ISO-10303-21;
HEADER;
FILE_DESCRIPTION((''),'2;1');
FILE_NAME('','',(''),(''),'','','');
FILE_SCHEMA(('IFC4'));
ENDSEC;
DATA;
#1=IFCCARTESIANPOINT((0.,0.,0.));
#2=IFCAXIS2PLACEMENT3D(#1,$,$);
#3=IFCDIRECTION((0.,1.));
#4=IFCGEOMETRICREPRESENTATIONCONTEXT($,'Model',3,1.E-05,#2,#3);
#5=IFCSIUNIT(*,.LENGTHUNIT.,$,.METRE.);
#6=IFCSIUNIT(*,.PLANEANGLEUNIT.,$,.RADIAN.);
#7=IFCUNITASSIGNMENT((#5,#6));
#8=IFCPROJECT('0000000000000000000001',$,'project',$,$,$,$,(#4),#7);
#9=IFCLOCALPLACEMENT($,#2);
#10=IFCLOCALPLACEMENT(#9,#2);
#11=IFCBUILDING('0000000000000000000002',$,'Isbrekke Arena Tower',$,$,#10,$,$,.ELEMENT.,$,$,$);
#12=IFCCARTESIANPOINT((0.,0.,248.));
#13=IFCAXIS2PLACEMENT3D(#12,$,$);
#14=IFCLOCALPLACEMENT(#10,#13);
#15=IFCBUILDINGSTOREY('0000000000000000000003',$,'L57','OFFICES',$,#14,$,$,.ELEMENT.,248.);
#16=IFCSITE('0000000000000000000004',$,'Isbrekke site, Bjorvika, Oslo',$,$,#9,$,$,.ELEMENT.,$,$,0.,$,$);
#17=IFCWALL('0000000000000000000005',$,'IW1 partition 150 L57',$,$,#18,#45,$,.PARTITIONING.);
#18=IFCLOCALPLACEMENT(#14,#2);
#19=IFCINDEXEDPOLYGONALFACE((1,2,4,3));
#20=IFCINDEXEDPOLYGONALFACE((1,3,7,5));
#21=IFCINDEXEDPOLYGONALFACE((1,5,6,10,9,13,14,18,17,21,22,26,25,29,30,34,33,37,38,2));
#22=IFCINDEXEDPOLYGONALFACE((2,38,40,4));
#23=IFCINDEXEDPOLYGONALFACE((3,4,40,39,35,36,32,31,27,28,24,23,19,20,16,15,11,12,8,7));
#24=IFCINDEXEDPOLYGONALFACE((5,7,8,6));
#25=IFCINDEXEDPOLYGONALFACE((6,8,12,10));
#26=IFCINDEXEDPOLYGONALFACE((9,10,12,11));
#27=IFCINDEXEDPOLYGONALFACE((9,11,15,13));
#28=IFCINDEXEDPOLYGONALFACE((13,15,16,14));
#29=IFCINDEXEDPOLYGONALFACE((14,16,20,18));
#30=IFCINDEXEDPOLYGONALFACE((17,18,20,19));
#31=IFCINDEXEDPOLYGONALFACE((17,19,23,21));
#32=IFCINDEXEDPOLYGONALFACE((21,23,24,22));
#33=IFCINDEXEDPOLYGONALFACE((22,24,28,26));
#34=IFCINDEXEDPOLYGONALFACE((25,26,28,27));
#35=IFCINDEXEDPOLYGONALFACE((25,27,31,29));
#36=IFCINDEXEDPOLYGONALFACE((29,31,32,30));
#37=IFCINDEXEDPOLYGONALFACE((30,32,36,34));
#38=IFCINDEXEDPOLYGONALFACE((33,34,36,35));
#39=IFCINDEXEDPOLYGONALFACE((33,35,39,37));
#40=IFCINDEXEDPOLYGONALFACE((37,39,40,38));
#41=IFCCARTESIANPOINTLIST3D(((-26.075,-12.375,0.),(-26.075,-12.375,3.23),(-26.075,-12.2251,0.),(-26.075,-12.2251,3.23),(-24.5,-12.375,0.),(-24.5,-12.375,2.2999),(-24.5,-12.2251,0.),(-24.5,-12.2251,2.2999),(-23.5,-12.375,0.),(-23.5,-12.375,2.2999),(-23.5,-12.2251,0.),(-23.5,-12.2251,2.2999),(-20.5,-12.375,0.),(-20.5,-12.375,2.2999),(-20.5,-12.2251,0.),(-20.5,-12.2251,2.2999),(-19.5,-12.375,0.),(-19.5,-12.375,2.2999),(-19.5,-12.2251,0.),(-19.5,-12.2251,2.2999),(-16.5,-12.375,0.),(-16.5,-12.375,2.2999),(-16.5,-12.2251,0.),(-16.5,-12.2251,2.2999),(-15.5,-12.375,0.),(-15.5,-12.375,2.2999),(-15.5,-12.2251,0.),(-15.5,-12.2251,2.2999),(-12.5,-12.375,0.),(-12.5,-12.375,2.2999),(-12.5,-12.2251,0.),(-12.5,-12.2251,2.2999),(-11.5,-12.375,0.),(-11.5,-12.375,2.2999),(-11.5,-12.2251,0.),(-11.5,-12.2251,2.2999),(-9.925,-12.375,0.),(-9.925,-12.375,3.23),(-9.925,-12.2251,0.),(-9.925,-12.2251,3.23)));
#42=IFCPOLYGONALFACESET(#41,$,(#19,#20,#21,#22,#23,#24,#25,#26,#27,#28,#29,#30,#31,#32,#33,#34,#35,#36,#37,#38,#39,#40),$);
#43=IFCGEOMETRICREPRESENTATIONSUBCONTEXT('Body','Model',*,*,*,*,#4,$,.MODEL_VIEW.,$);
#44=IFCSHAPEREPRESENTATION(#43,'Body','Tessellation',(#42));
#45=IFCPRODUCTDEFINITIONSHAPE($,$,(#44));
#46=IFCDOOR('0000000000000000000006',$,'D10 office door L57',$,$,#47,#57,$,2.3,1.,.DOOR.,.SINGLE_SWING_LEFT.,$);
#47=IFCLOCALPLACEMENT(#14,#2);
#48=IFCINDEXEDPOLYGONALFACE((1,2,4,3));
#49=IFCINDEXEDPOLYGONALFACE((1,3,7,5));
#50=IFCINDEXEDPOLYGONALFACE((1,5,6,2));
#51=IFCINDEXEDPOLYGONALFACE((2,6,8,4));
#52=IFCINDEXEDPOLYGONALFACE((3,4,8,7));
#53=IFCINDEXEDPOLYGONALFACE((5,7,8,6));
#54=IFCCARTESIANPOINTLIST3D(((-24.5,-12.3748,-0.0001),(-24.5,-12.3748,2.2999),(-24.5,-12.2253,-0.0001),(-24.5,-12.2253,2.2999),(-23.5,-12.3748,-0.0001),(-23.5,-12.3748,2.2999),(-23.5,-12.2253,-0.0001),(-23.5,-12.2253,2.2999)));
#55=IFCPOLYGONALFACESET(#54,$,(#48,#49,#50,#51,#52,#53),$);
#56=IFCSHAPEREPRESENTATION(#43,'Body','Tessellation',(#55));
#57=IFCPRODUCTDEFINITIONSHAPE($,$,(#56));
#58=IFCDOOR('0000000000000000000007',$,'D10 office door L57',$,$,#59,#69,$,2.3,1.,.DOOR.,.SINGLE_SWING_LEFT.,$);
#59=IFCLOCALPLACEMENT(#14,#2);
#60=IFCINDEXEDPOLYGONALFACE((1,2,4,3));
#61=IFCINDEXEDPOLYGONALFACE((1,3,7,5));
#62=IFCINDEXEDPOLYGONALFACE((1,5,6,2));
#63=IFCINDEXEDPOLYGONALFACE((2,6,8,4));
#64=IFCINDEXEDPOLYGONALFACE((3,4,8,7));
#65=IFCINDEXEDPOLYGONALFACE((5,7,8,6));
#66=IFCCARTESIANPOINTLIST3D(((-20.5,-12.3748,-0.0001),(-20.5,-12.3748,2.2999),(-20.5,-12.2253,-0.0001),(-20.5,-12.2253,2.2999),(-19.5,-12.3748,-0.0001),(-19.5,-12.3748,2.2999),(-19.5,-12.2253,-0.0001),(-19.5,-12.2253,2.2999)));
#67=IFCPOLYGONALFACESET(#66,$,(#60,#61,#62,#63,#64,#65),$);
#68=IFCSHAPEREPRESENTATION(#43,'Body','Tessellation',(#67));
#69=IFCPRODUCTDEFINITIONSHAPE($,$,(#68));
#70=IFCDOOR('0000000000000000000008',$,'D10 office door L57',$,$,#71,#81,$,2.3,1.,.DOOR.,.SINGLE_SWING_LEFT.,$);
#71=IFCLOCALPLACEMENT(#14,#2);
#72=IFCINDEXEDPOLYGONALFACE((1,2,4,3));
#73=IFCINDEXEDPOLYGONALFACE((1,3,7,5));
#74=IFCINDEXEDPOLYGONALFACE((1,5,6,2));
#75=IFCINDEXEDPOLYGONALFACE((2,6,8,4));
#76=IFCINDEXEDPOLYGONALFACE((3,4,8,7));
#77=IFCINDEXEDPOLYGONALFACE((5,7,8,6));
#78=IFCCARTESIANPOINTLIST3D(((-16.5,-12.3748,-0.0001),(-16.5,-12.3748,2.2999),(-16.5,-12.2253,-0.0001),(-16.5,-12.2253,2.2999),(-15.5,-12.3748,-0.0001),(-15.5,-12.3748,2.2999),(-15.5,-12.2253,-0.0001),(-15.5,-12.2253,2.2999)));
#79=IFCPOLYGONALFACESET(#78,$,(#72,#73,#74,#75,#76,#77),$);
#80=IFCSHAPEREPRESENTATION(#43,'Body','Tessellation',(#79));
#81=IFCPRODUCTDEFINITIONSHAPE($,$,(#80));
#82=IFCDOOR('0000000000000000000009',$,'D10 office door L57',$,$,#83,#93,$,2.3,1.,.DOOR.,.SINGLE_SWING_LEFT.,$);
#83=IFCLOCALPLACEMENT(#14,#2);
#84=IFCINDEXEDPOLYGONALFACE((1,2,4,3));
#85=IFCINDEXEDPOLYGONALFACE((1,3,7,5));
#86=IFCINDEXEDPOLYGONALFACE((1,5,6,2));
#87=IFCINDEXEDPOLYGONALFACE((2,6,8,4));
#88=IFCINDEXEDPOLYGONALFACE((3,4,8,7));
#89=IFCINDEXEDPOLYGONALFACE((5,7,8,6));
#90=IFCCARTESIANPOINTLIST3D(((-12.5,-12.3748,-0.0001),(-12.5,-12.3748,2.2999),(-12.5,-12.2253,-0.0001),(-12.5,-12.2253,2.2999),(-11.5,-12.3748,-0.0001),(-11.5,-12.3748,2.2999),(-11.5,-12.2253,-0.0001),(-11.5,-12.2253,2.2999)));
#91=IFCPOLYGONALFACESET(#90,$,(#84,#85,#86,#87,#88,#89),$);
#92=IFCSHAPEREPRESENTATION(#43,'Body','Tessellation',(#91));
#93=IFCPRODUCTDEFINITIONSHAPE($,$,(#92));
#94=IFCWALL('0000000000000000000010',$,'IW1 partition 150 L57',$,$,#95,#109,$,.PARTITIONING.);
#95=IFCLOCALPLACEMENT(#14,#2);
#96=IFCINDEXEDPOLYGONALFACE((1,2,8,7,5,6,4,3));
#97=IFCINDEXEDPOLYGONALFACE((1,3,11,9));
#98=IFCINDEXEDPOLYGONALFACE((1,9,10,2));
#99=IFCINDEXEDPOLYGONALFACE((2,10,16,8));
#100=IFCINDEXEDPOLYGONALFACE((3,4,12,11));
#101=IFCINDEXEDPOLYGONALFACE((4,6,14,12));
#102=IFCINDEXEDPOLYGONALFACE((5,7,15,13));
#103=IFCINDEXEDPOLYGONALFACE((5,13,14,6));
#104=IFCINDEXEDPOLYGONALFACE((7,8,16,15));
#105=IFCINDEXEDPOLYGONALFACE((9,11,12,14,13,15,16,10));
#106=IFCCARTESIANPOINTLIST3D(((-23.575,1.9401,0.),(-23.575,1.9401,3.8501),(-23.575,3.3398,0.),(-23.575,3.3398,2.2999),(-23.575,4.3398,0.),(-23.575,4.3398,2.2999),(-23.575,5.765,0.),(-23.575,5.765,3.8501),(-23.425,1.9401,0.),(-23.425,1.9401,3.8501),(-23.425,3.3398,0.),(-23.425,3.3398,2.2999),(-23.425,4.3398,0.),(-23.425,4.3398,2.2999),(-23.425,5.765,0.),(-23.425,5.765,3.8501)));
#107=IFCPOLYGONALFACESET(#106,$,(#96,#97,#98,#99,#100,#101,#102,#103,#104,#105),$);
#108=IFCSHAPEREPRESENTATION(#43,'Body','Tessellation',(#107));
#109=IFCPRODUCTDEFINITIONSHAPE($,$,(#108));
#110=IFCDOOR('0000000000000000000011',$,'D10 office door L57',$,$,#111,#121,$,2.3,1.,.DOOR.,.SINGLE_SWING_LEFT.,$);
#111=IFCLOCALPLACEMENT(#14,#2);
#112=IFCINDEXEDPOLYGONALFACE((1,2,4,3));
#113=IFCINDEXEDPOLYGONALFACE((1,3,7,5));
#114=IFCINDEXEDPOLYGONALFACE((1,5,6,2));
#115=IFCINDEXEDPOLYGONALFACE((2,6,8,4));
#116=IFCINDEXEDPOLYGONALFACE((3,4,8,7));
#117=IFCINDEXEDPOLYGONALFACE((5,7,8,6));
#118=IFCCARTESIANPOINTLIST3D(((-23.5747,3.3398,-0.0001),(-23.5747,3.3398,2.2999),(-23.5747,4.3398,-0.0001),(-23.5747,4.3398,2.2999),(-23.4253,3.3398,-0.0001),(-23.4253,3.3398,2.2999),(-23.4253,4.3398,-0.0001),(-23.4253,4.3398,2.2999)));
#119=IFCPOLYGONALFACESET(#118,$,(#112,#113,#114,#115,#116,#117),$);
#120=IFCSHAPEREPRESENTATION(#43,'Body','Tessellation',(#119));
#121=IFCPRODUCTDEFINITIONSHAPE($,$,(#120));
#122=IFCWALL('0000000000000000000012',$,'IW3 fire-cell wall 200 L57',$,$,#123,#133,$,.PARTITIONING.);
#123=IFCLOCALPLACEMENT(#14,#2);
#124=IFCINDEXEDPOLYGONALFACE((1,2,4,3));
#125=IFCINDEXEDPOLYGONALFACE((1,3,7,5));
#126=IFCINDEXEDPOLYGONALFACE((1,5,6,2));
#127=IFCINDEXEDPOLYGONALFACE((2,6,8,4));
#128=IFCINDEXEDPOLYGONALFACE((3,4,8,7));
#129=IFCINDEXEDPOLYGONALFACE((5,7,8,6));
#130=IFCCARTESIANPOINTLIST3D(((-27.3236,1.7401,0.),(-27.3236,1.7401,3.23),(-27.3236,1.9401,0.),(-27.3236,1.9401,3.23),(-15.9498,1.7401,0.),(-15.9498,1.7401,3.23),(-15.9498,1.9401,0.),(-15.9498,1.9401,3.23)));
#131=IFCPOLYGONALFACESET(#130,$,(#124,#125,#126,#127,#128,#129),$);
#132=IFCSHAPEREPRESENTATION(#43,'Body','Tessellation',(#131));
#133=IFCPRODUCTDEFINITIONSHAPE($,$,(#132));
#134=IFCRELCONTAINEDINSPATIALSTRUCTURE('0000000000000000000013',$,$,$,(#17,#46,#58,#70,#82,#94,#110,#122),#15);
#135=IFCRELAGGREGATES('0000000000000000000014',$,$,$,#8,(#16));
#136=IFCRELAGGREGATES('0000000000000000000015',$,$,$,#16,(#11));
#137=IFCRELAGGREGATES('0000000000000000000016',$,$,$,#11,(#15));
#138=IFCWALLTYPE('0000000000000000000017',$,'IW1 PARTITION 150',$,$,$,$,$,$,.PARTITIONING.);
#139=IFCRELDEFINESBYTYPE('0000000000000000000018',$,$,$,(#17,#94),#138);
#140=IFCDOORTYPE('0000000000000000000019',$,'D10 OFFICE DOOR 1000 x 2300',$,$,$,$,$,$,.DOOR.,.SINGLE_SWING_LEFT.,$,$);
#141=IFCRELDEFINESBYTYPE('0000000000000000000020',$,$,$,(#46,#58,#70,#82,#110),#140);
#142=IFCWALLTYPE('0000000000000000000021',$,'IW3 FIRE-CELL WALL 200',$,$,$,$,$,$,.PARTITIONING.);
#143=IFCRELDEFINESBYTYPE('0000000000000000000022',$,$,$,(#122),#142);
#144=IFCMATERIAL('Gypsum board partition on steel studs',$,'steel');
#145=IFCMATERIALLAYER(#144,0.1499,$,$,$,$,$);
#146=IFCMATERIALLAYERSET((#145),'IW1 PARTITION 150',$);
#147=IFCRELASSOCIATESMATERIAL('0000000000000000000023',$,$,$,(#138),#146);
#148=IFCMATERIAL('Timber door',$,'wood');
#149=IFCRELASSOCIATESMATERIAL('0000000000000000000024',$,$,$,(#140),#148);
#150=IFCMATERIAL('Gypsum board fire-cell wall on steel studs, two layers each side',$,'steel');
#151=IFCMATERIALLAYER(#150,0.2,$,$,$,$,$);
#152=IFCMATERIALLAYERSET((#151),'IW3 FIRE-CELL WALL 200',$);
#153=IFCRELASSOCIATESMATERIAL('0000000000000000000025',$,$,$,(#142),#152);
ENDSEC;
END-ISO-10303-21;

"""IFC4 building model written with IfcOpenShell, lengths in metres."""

from ifc_helpers import new_model, si_unit, direction, frame, frame_2d, origin, place, context, subcontext, project, spatial, rectangle, extrude, material, layer, layer_set, type_object, element, fill, save


model = new_model("IFC4")

# Units and contexts
model_context = context("Model", 3, precision=1e-05, world=origin(), true_north=direction((0.0, 1.0)))
body_context = subcontext(model_context, "Body", "Model", "MODEL_VIEW")
ifc_project = project(units=[si_unit("LENGTHUNIT", "METRE"), si_unit("PLANEANGLEUNIT", "RADIAN")], contexts=[model_context])

# Site, building, storey
site_placement = place(None, origin())
site = spatial("IfcSite", under=ifc_project, at=site_placement, Name="Isbrekke site, Bjorvika, Oslo", CompositionType="ELEMENT", RefElevation=0.0)
building_placement = place(site_placement, origin())
building = spatial("IfcBuilding", under=site, at=building_placement, Name="Isbrekke Arena Tower", CompositionType="ELEMENT")
storey_placement = place(building_placement, frame((0.0, 0.0, 248.0)))
storey = spatial("IfcBuildingStorey", under=building, at=storey_placement, Name="L57", Description="OFFICES", CompositionType="ELEMENT", Elevation=248.0)

# Wall, openings, doors
ifc_material_1 = material(Name="Gypsum board partition on steel studs", Category="steel")
ifc_layer_1 = layer(ifc_material_1, 0.1499)
ifc_layer_set_1 = layer_set([ifc_layer_1], Name="IW1 PARTITION 150")
wall_type_1 = type_object("IfcWallType", Name="IW1 PARTITION 150", PredefinedType="PARTITIONING", material=ifc_layer_set_1)
wall_1_placement = place(storey_placement, frame((-26.075, -12.3, 0.0), z_axis=(0.0, 0.0, 1.0), x_axis=(1.0, 0.0, 0.0)))
wall_1 = element("IfcWall", 1, at=wall_1_placement, inside=storey, type_object=wall_type_1, Name="IW1 partition 150 L57", PredefinedType="PARTITIONING", context=body_context, shape_type="SweptSolid", body=[
    extrude(rectangle(XDim=16.1499, YDim=0.1499, at=frame_2d((8.075, 0.0))), origin(), (0.0, 0.0, 1.0), 3.23),
])
opening_1_placement = place(wall_1_placement, frame((1.575, 0.0, 0.0)))
opening_1 = element("IfcOpeningElement", 2, at=opening_1_placement, cuts=wall_1, PredefinedType="OPENING", context=body_context, shape_type="SweptSolid", body=[
    extrude(rectangle(XDim=1.0, YDim=2.3, at=frame_2d((0.5, 1.1499))), frame((0.0, 0.0898, 0.0), z_axis=(0.0, -1.0, 0.0), x_axis=(1.0, 0.0, 0.0)), (0.0, 0.0, 1.0), 0.1797),
])
opening_2_placement = place(wall_1_placement, frame((5.575, 0.0, 0.0)))
opening_2 = element("IfcOpeningElement", 3, at=opening_2_placement, cuts=wall_1, PredefinedType="OPENING", context=body_context, shape_type="SweptSolid", body=[
    extrude(rectangle(XDim=1.0, YDim=2.3, at=frame_2d((0.5, 1.1499))), frame((0.0, 0.0898, 0.0), z_axis=(0.0, -1.0, 0.0), x_axis=(1.0, 0.0, 0.0)), (0.0, 0.0, 1.0), 0.1797),
])
opening_3_placement = place(wall_1_placement, frame((9.575, 0.0, 0.0)))
opening_3 = element("IfcOpeningElement", 4, at=opening_3_placement, cuts=wall_1, PredefinedType="OPENING", context=body_context, shape_type="SweptSolid", body=[
    extrude(rectangle(XDim=1.0, YDim=2.3, at=frame_2d((0.5, 1.1499))), frame((0.0, 0.0898, 0.0), z_axis=(0.0, -1.0, 0.0), x_axis=(1.0, 0.0, 0.0)), (0.0, 0.0, 1.0), 0.1797),
])
opening_4_placement = place(wall_1_placement, frame((13.575, 0.0, 0.0)))
opening_4 = element("IfcOpeningElement", 5, at=opening_4_placement, cuts=wall_1, PredefinedType="OPENING", context=body_context, shape_type="SweptSolid", body=[
    extrude(rectangle(XDim=1.0, YDim=2.3, at=frame_2d((0.5, 1.1499))), frame((0.0, 0.0898, 0.0), z_axis=(0.0, -1.0, 0.0), x_axis=(1.0, 0.0, 0.0)), (0.0, 0.0, 1.0), 0.1797),
])
ifc_material_2 = material(Name="Timber door", Category="wood")
door_type = type_object("IfcDoorType", Name="D10 OFFICE DOOR 1000 x 2300", OperationType="SINGLE_SWING_LEFT", PredefinedType="DOOR", material=ifc_material_2)
door_1_placement = place(opening_1_placement, origin())
door_1 = element("IfcDoor", 6, at=door_1_placement, inside=storey, type_object=door_type, Name="D10 office door L57", OperationType="SINGLE_SWING_LEFT", OverallHeight=2.3, OverallWidth=1.0, PredefinedType="DOOR", context=body_context, shape_type="SweptSolid", body=[
    extrude(rectangle(XDim=1.0, YDim=2.3, at=frame_2d((0.5, 1.1499))), frame((0.0, 0.0747, 0.0), z_axis=(0.0, -1.0, 0.0), x_axis=(1.0, 0.0, 0.0)), (0.0, 0.0, 1.0), 0.1494),
])
fill(opening_1, door_1)
door_2_placement = place(opening_2_placement, origin())
door_2 = element("IfcDoor", 7, at=door_2_placement, inside=storey, type_object=door_type, Name="D10 office door L57", OperationType="SINGLE_SWING_LEFT", OverallHeight=2.3, OverallWidth=1.0, PredefinedType="DOOR", context=body_context, shape_type="SweptSolid", body=[
    extrude(rectangle(XDim=1.0, YDim=2.3, at=frame_2d((0.5, 1.1499))), frame((0.0, 0.0747, 0.0), z_axis=(0.0, -1.0, 0.0), x_axis=(1.0, 0.0, 0.0)), (0.0, 0.0, 1.0), 0.1494),
])
fill(opening_2, door_2)
door_3_placement = place(opening_3_placement, origin())
door_3 = element("IfcDoor", 8, at=door_3_placement, inside=storey, type_object=door_type, Name="D10 office door L57", OperationType="SINGLE_SWING_LEFT", OverallHeight=2.3, OverallWidth=1.0, PredefinedType="DOOR", context=body_context, shape_type="SweptSolid", body=[
    extrude(rectangle(XDim=1.0, YDim=2.3, at=frame_2d((0.5, 1.1499))), frame((0.0, 0.0747, 0.0), z_axis=(0.0, -1.0, 0.0), x_axis=(1.0, 0.0, 0.0)), (0.0, 0.0, 1.0), 0.1494),
])
fill(opening_3, door_3)
door_4_placement = place(opening_4_placement, origin())
door_4 = element("IfcDoor", 9, at=door_4_placement, inside=storey, type_object=door_type, Name="D10 office door L57", OperationType="SINGLE_SWING_LEFT", OverallHeight=2.3, OverallWidth=1.0, PredefinedType="DOOR", context=body_context, shape_type="SweptSolid", body=[
    extrude(rectangle(XDim=1.0, YDim=2.3, at=frame_2d((0.5, 1.1499))), frame((0.0, 0.0747, 0.0), z_axis=(0.0, -1.0, 0.0), x_axis=(1.0, 0.0, 0.0)), (0.0, 0.0, 1.0), 0.1494),
])
fill(opening_4, door_4)

# Wall, opening, door
wall_2_placement = place(storey_placement, frame((-23.5, 1.9399, 0.0), z_axis=(0.0, 0.0, 1.0), x_axis=(0.0, 1.0, 0.0)))
wall_2 = element("IfcWall", 10, at=wall_2_placement, inside=storey, type_object=wall_type_1, Name="IW1 partition 150 L57", PredefinedType="PARTITIONING", context=body_context, shape_type="SweptSolid", body=[
    extrude(rectangle(XDim=3.825, YDim=0.1499, at=frame_2d((1.9126, 0.0))), origin(), (0.0, 0.0, 1.0), 3.8501),
])
opening_5_placement = place(wall_2_placement, frame((1.3999, 0.0, 0.0)))
opening_5 = element("IfcOpeningElement", 11, at=opening_5_placement, cuts=wall_2, PredefinedType="OPENING", context=body_context, shape_type="SweptSolid", body=[
    extrude(rectangle(XDim=1.0, YDim=2.3, at=frame_2d((0.5, 1.1499))), frame((0.0, 0.0898, 0.0), z_axis=(0.0, -1.0, 0.0), x_axis=(1.0, 0.0, 0.0)), (0.0, 0.0, 1.0), 0.1797),
])
door_5_placement = place(opening_5_placement, origin())
door_5 = element("IfcDoor", 12, at=door_5_placement, inside=storey, type_object=door_type, Name="D10 office door L57", OperationType="SINGLE_SWING_LEFT", OverallHeight=2.3, OverallWidth=1.0, PredefinedType="DOOR", context=body_context, shape_type="SweptSolid", body=[
    extrude(rectangle(XDim=1.0, YDim=2.3, at=frame_2d((0.5, 1.1499))), frame((0.0, 0.0747, 0.0), z_axis=(0.0, -1.0, 0.0), x_axis=(1.0, 0.0, 0.0)), (0.0, 0.0, 1.0), 0.1494),
])
fill(opening_5, door_5)

# Wall
ifc_material_3 = material(Name="Gypsum board fire-cell wall on steel studs, two layers each side", Category="steel")
ifc_layer_2 = layer(ifc_material_3, 0.2)
ifc_layer_set_2 = layer_set([ifc_layer_2], Name="IW3 FIRE-CELL WALL 200")
wall_type_2 = type_object("IfcWallType", Name="IW3 FIRE-CELL WALL 200", PredefinedType="PARTITIONING", material=ifc_layer_set_2)
wall_3_placement = place(storey_placement, frame((-27.3237, 1.8401, 0.0), z_axis=(0.0, 0.0, 1.0), x_axis=(1.0, 0.0, 0.0)))
element("IfcWall", 13, at=wall_3_placement, inside=storey, type_object=wall_type_2, Name="IW3 fire-cell wall 200 L57", PredefinedType="PARTITIONING", context=body_context, shape_type="SweptSolid", body=[
    extrude(rectangle(XDim=11.3738, YDim=0.2, at=frame_2d((5.687, 0.0))), origin(), (0.0, 0.0, 1.0), 3.23),
])

save(model, "model.ifc")
